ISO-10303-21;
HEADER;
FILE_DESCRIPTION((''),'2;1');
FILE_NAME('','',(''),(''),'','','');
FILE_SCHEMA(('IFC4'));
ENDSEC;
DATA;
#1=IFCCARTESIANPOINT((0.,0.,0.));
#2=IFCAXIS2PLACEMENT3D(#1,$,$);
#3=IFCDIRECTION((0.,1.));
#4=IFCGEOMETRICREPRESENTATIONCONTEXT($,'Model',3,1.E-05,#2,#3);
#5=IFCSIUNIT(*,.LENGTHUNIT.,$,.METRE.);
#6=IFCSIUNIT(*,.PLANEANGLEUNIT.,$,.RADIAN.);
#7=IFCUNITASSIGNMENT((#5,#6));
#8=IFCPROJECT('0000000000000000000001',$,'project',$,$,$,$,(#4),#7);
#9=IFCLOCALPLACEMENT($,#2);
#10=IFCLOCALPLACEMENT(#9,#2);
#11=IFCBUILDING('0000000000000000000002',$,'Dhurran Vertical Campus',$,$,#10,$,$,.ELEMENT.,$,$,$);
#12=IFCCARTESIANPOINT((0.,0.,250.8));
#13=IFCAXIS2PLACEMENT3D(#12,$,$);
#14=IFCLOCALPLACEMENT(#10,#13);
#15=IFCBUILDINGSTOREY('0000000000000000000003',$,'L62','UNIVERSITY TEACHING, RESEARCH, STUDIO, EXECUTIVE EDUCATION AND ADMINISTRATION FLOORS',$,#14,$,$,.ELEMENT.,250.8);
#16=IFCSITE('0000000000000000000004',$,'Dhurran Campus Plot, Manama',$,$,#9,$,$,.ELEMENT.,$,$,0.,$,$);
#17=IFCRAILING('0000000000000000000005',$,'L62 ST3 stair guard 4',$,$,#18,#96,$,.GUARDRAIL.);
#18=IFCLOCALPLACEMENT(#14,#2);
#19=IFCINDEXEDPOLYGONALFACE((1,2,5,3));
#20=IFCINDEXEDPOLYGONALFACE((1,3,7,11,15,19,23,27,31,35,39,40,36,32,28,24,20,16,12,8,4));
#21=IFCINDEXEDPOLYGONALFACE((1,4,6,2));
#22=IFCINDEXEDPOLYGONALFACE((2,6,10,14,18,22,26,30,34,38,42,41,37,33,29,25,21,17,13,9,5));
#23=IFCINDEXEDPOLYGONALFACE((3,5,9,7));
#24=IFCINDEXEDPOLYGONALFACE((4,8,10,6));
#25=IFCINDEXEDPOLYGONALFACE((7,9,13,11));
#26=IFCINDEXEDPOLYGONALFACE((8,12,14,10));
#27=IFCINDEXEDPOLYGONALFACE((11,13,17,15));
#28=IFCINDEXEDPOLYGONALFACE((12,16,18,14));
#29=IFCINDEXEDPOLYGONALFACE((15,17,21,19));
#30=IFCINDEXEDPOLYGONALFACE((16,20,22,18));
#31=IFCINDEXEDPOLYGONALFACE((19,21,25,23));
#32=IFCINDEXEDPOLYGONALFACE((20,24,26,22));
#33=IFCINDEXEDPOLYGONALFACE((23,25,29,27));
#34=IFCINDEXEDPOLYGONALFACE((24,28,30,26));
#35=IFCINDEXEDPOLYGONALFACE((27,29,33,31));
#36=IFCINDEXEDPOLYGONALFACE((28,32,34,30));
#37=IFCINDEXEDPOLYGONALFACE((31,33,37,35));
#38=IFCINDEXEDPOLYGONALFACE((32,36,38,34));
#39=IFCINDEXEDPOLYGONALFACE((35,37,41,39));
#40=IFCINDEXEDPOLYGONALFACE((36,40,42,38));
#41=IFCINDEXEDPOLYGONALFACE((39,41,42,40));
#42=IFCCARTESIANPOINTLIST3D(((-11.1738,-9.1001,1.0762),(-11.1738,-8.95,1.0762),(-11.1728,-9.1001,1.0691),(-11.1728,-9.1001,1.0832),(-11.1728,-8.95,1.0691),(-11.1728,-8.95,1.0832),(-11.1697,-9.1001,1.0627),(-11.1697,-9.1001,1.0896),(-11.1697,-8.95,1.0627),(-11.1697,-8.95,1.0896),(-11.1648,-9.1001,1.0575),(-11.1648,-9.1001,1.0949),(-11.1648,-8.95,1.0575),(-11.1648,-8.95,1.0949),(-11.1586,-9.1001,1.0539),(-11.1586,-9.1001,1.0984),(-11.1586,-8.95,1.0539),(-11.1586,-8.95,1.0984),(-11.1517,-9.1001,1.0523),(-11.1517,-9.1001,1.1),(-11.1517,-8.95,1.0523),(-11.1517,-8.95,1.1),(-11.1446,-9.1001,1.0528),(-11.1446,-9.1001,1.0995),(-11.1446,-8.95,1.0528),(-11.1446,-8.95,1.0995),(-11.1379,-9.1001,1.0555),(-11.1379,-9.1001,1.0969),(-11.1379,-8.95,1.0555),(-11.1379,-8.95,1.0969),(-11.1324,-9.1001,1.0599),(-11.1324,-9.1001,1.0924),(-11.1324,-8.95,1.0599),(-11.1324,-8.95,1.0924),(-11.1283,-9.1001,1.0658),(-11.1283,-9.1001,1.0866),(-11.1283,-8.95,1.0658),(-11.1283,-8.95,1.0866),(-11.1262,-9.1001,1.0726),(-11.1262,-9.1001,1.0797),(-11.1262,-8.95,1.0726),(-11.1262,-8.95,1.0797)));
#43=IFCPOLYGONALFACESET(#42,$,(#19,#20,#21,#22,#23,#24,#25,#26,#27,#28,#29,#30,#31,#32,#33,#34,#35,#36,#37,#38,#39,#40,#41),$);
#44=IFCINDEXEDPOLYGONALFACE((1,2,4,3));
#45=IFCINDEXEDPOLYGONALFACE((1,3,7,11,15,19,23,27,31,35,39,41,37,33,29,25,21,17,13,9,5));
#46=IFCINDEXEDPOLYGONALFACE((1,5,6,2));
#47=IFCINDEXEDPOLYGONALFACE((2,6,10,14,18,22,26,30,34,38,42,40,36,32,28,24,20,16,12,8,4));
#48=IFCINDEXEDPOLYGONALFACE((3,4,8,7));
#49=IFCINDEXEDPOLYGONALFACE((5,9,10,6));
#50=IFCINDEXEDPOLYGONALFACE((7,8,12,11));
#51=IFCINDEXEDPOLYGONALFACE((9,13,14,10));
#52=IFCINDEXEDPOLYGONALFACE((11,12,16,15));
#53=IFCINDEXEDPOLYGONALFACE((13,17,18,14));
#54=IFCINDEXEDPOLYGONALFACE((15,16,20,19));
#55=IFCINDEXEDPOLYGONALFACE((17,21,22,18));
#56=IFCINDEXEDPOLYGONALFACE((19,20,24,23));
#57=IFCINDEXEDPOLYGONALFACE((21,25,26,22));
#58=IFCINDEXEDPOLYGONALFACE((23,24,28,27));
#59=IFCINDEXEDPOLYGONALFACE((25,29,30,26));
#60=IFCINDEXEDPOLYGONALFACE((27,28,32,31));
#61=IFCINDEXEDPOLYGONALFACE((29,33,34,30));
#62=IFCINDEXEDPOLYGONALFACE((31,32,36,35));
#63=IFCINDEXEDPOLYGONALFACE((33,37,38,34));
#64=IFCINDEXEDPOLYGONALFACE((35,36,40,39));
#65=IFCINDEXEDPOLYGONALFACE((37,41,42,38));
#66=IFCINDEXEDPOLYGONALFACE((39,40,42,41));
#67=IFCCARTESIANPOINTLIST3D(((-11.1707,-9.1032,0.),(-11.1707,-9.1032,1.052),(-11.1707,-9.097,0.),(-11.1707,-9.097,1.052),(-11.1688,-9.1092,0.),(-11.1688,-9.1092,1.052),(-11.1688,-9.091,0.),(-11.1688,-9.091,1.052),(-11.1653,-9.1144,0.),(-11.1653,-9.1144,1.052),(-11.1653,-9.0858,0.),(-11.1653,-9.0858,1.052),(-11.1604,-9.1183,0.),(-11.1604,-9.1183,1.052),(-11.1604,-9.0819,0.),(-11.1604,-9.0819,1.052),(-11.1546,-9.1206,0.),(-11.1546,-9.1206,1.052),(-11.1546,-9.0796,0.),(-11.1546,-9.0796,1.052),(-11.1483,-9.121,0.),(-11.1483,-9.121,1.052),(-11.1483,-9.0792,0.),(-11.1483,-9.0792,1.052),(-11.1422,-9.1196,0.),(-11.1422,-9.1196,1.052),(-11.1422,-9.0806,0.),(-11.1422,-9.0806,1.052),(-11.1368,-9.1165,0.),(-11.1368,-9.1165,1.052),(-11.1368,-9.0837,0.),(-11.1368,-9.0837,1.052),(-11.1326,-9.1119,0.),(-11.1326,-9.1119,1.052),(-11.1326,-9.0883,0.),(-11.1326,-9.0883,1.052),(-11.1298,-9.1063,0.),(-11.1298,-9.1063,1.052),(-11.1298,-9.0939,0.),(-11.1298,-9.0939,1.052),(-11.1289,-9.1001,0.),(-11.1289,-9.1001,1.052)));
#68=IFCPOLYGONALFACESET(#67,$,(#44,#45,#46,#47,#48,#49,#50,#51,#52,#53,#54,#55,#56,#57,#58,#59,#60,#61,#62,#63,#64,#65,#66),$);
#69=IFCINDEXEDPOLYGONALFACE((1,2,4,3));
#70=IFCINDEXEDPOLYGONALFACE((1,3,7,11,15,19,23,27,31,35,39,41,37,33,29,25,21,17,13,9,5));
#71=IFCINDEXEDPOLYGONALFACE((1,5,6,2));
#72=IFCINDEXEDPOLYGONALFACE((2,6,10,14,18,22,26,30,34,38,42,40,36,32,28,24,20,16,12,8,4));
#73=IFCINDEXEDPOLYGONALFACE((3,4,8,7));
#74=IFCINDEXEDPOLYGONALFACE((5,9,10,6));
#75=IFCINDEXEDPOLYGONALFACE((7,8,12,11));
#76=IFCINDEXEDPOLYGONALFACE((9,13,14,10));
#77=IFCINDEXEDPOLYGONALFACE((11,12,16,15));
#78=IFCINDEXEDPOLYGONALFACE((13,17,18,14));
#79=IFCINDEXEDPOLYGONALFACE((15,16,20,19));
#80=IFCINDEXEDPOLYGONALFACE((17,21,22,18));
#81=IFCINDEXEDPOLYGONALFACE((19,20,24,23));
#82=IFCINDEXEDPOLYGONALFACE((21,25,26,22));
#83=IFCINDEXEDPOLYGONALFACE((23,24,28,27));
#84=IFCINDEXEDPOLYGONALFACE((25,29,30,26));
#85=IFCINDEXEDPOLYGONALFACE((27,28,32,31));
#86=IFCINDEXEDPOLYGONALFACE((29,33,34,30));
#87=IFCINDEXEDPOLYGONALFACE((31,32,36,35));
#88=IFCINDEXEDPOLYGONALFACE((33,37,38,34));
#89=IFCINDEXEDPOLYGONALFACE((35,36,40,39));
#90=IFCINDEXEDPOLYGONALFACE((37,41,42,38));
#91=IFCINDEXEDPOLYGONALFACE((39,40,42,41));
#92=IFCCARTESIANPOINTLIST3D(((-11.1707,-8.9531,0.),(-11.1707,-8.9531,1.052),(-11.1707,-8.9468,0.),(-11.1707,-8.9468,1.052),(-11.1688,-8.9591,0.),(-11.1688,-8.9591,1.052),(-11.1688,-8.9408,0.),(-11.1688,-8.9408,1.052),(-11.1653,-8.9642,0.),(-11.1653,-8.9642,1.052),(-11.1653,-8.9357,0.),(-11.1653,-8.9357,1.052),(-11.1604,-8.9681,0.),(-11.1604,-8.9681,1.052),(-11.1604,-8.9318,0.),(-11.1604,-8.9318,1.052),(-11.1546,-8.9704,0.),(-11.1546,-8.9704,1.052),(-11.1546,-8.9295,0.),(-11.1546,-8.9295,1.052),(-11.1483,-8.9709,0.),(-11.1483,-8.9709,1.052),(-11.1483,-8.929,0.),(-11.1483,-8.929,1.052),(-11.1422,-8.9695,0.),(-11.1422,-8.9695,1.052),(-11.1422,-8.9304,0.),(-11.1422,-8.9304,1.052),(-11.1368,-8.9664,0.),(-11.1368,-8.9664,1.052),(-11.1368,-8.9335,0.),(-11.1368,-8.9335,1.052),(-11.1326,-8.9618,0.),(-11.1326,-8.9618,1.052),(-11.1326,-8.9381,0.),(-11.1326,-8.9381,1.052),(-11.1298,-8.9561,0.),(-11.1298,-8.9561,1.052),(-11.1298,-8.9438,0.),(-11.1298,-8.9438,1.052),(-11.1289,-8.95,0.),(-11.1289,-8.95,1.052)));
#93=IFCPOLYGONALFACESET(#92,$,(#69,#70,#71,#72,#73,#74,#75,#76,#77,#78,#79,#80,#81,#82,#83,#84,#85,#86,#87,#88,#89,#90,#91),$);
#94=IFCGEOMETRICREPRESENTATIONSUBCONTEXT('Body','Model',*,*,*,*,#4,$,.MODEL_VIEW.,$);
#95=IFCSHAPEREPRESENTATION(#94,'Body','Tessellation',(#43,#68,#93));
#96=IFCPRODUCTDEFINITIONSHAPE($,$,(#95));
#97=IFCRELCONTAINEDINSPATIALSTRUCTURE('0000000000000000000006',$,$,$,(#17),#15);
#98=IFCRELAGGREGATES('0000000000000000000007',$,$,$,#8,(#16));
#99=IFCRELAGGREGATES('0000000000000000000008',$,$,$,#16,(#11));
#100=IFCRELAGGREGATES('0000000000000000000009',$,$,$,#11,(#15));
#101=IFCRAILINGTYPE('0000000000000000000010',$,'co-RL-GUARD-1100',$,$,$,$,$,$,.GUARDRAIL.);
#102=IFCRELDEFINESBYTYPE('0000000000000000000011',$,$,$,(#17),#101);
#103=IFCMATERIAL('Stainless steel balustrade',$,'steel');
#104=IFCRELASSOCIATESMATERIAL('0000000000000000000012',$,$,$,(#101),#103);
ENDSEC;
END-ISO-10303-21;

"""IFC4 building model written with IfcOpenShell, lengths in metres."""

from ifc_helpers import new_model, si_unit, direction, frame, origin, origin_2d, place, context, subcontext, project, spatial, circle, extrude, material, type_object, element, save


model = new_model("IFC4")

# Units and contexts
model_context = context("Model", 3, precision=1e-05, world=origin(), true_north=direction((0.0, 1.0)))
body_context = subcontext(model_context, "Body", "Model", "MODEL_VIEW")
ifc_project = project(units=[si_unit("LENGTHUNIT", "METRE"), si_unit("PLANEANGLEUNIT", "RADIAN")], contexts=[model_context])

# Site, building, storey
site_placement = place(None, origin())
site = spatial("IfcSite", under=ifc_project, at=site_placement, Name="Dhurran Campus Plot, Manama", CompositionType="ELEMENT", RefElevation=0.0)
building_placement = place(site_placement, origin())
building = spatial("IfcBuilding", under=site, at=building_placement, Name="Dhurran Vertical Campus", CompositionType="ELEMENT")
storey_placement = place(building_placement, frame((0.0, 0.0, 250.8)))
storey = spatial("IfcBuildingStorey", under=building, at=storey_placement, Name="L62", Description="UNIVERSITY TEACHING, RESEARCH, STUDIO, EXECUTIVE EDUCATION AND ADMINISTRATION FLOORS", CompositionType="ELEMENT", Elevation=250.8)

# Railing
ifc_material_1 = material(Name="Stainless steel balustrade", Category="steel")
railing_type = type_object("IfcRailingType", Name="co-RL-GUARD-1100", PredefinedType="GUARDRAIL", material=ifc_material_1)
railing_placement = place(storey_placement, frame((-11.1499, -9.1001, 0.0)))
element("IfcRailing", 1, at=railing_placement, inside=storey, type_object=railing_type, Name="L62 ST3 stair guard 4", PredefinedType="GUARDRAIL", context=body_context, shape_type="SweptSolid", body=[
    extrude(circle(Radius=0.0239, at=origin_2d()), frame((0.0, 0.0, 1.0762), z_axis=(0.0, 1.0, 0.0), x_axis=(-1.0, 0.0, 0.0)), (0.0, 0.0, 1.0), 0.1501),
    extrude(circle(Radius=0.021, at=origin_2d()), origin(), (0.0, 0.0, 1.0), 1.052),
    extrude(circle(Radius=0.021, at=origin_2d()), frame((0.0, 0.1501, 0.0)), (0.0, 0.0, 1.0), 1.052),
])

save(model, "model.ifc")
